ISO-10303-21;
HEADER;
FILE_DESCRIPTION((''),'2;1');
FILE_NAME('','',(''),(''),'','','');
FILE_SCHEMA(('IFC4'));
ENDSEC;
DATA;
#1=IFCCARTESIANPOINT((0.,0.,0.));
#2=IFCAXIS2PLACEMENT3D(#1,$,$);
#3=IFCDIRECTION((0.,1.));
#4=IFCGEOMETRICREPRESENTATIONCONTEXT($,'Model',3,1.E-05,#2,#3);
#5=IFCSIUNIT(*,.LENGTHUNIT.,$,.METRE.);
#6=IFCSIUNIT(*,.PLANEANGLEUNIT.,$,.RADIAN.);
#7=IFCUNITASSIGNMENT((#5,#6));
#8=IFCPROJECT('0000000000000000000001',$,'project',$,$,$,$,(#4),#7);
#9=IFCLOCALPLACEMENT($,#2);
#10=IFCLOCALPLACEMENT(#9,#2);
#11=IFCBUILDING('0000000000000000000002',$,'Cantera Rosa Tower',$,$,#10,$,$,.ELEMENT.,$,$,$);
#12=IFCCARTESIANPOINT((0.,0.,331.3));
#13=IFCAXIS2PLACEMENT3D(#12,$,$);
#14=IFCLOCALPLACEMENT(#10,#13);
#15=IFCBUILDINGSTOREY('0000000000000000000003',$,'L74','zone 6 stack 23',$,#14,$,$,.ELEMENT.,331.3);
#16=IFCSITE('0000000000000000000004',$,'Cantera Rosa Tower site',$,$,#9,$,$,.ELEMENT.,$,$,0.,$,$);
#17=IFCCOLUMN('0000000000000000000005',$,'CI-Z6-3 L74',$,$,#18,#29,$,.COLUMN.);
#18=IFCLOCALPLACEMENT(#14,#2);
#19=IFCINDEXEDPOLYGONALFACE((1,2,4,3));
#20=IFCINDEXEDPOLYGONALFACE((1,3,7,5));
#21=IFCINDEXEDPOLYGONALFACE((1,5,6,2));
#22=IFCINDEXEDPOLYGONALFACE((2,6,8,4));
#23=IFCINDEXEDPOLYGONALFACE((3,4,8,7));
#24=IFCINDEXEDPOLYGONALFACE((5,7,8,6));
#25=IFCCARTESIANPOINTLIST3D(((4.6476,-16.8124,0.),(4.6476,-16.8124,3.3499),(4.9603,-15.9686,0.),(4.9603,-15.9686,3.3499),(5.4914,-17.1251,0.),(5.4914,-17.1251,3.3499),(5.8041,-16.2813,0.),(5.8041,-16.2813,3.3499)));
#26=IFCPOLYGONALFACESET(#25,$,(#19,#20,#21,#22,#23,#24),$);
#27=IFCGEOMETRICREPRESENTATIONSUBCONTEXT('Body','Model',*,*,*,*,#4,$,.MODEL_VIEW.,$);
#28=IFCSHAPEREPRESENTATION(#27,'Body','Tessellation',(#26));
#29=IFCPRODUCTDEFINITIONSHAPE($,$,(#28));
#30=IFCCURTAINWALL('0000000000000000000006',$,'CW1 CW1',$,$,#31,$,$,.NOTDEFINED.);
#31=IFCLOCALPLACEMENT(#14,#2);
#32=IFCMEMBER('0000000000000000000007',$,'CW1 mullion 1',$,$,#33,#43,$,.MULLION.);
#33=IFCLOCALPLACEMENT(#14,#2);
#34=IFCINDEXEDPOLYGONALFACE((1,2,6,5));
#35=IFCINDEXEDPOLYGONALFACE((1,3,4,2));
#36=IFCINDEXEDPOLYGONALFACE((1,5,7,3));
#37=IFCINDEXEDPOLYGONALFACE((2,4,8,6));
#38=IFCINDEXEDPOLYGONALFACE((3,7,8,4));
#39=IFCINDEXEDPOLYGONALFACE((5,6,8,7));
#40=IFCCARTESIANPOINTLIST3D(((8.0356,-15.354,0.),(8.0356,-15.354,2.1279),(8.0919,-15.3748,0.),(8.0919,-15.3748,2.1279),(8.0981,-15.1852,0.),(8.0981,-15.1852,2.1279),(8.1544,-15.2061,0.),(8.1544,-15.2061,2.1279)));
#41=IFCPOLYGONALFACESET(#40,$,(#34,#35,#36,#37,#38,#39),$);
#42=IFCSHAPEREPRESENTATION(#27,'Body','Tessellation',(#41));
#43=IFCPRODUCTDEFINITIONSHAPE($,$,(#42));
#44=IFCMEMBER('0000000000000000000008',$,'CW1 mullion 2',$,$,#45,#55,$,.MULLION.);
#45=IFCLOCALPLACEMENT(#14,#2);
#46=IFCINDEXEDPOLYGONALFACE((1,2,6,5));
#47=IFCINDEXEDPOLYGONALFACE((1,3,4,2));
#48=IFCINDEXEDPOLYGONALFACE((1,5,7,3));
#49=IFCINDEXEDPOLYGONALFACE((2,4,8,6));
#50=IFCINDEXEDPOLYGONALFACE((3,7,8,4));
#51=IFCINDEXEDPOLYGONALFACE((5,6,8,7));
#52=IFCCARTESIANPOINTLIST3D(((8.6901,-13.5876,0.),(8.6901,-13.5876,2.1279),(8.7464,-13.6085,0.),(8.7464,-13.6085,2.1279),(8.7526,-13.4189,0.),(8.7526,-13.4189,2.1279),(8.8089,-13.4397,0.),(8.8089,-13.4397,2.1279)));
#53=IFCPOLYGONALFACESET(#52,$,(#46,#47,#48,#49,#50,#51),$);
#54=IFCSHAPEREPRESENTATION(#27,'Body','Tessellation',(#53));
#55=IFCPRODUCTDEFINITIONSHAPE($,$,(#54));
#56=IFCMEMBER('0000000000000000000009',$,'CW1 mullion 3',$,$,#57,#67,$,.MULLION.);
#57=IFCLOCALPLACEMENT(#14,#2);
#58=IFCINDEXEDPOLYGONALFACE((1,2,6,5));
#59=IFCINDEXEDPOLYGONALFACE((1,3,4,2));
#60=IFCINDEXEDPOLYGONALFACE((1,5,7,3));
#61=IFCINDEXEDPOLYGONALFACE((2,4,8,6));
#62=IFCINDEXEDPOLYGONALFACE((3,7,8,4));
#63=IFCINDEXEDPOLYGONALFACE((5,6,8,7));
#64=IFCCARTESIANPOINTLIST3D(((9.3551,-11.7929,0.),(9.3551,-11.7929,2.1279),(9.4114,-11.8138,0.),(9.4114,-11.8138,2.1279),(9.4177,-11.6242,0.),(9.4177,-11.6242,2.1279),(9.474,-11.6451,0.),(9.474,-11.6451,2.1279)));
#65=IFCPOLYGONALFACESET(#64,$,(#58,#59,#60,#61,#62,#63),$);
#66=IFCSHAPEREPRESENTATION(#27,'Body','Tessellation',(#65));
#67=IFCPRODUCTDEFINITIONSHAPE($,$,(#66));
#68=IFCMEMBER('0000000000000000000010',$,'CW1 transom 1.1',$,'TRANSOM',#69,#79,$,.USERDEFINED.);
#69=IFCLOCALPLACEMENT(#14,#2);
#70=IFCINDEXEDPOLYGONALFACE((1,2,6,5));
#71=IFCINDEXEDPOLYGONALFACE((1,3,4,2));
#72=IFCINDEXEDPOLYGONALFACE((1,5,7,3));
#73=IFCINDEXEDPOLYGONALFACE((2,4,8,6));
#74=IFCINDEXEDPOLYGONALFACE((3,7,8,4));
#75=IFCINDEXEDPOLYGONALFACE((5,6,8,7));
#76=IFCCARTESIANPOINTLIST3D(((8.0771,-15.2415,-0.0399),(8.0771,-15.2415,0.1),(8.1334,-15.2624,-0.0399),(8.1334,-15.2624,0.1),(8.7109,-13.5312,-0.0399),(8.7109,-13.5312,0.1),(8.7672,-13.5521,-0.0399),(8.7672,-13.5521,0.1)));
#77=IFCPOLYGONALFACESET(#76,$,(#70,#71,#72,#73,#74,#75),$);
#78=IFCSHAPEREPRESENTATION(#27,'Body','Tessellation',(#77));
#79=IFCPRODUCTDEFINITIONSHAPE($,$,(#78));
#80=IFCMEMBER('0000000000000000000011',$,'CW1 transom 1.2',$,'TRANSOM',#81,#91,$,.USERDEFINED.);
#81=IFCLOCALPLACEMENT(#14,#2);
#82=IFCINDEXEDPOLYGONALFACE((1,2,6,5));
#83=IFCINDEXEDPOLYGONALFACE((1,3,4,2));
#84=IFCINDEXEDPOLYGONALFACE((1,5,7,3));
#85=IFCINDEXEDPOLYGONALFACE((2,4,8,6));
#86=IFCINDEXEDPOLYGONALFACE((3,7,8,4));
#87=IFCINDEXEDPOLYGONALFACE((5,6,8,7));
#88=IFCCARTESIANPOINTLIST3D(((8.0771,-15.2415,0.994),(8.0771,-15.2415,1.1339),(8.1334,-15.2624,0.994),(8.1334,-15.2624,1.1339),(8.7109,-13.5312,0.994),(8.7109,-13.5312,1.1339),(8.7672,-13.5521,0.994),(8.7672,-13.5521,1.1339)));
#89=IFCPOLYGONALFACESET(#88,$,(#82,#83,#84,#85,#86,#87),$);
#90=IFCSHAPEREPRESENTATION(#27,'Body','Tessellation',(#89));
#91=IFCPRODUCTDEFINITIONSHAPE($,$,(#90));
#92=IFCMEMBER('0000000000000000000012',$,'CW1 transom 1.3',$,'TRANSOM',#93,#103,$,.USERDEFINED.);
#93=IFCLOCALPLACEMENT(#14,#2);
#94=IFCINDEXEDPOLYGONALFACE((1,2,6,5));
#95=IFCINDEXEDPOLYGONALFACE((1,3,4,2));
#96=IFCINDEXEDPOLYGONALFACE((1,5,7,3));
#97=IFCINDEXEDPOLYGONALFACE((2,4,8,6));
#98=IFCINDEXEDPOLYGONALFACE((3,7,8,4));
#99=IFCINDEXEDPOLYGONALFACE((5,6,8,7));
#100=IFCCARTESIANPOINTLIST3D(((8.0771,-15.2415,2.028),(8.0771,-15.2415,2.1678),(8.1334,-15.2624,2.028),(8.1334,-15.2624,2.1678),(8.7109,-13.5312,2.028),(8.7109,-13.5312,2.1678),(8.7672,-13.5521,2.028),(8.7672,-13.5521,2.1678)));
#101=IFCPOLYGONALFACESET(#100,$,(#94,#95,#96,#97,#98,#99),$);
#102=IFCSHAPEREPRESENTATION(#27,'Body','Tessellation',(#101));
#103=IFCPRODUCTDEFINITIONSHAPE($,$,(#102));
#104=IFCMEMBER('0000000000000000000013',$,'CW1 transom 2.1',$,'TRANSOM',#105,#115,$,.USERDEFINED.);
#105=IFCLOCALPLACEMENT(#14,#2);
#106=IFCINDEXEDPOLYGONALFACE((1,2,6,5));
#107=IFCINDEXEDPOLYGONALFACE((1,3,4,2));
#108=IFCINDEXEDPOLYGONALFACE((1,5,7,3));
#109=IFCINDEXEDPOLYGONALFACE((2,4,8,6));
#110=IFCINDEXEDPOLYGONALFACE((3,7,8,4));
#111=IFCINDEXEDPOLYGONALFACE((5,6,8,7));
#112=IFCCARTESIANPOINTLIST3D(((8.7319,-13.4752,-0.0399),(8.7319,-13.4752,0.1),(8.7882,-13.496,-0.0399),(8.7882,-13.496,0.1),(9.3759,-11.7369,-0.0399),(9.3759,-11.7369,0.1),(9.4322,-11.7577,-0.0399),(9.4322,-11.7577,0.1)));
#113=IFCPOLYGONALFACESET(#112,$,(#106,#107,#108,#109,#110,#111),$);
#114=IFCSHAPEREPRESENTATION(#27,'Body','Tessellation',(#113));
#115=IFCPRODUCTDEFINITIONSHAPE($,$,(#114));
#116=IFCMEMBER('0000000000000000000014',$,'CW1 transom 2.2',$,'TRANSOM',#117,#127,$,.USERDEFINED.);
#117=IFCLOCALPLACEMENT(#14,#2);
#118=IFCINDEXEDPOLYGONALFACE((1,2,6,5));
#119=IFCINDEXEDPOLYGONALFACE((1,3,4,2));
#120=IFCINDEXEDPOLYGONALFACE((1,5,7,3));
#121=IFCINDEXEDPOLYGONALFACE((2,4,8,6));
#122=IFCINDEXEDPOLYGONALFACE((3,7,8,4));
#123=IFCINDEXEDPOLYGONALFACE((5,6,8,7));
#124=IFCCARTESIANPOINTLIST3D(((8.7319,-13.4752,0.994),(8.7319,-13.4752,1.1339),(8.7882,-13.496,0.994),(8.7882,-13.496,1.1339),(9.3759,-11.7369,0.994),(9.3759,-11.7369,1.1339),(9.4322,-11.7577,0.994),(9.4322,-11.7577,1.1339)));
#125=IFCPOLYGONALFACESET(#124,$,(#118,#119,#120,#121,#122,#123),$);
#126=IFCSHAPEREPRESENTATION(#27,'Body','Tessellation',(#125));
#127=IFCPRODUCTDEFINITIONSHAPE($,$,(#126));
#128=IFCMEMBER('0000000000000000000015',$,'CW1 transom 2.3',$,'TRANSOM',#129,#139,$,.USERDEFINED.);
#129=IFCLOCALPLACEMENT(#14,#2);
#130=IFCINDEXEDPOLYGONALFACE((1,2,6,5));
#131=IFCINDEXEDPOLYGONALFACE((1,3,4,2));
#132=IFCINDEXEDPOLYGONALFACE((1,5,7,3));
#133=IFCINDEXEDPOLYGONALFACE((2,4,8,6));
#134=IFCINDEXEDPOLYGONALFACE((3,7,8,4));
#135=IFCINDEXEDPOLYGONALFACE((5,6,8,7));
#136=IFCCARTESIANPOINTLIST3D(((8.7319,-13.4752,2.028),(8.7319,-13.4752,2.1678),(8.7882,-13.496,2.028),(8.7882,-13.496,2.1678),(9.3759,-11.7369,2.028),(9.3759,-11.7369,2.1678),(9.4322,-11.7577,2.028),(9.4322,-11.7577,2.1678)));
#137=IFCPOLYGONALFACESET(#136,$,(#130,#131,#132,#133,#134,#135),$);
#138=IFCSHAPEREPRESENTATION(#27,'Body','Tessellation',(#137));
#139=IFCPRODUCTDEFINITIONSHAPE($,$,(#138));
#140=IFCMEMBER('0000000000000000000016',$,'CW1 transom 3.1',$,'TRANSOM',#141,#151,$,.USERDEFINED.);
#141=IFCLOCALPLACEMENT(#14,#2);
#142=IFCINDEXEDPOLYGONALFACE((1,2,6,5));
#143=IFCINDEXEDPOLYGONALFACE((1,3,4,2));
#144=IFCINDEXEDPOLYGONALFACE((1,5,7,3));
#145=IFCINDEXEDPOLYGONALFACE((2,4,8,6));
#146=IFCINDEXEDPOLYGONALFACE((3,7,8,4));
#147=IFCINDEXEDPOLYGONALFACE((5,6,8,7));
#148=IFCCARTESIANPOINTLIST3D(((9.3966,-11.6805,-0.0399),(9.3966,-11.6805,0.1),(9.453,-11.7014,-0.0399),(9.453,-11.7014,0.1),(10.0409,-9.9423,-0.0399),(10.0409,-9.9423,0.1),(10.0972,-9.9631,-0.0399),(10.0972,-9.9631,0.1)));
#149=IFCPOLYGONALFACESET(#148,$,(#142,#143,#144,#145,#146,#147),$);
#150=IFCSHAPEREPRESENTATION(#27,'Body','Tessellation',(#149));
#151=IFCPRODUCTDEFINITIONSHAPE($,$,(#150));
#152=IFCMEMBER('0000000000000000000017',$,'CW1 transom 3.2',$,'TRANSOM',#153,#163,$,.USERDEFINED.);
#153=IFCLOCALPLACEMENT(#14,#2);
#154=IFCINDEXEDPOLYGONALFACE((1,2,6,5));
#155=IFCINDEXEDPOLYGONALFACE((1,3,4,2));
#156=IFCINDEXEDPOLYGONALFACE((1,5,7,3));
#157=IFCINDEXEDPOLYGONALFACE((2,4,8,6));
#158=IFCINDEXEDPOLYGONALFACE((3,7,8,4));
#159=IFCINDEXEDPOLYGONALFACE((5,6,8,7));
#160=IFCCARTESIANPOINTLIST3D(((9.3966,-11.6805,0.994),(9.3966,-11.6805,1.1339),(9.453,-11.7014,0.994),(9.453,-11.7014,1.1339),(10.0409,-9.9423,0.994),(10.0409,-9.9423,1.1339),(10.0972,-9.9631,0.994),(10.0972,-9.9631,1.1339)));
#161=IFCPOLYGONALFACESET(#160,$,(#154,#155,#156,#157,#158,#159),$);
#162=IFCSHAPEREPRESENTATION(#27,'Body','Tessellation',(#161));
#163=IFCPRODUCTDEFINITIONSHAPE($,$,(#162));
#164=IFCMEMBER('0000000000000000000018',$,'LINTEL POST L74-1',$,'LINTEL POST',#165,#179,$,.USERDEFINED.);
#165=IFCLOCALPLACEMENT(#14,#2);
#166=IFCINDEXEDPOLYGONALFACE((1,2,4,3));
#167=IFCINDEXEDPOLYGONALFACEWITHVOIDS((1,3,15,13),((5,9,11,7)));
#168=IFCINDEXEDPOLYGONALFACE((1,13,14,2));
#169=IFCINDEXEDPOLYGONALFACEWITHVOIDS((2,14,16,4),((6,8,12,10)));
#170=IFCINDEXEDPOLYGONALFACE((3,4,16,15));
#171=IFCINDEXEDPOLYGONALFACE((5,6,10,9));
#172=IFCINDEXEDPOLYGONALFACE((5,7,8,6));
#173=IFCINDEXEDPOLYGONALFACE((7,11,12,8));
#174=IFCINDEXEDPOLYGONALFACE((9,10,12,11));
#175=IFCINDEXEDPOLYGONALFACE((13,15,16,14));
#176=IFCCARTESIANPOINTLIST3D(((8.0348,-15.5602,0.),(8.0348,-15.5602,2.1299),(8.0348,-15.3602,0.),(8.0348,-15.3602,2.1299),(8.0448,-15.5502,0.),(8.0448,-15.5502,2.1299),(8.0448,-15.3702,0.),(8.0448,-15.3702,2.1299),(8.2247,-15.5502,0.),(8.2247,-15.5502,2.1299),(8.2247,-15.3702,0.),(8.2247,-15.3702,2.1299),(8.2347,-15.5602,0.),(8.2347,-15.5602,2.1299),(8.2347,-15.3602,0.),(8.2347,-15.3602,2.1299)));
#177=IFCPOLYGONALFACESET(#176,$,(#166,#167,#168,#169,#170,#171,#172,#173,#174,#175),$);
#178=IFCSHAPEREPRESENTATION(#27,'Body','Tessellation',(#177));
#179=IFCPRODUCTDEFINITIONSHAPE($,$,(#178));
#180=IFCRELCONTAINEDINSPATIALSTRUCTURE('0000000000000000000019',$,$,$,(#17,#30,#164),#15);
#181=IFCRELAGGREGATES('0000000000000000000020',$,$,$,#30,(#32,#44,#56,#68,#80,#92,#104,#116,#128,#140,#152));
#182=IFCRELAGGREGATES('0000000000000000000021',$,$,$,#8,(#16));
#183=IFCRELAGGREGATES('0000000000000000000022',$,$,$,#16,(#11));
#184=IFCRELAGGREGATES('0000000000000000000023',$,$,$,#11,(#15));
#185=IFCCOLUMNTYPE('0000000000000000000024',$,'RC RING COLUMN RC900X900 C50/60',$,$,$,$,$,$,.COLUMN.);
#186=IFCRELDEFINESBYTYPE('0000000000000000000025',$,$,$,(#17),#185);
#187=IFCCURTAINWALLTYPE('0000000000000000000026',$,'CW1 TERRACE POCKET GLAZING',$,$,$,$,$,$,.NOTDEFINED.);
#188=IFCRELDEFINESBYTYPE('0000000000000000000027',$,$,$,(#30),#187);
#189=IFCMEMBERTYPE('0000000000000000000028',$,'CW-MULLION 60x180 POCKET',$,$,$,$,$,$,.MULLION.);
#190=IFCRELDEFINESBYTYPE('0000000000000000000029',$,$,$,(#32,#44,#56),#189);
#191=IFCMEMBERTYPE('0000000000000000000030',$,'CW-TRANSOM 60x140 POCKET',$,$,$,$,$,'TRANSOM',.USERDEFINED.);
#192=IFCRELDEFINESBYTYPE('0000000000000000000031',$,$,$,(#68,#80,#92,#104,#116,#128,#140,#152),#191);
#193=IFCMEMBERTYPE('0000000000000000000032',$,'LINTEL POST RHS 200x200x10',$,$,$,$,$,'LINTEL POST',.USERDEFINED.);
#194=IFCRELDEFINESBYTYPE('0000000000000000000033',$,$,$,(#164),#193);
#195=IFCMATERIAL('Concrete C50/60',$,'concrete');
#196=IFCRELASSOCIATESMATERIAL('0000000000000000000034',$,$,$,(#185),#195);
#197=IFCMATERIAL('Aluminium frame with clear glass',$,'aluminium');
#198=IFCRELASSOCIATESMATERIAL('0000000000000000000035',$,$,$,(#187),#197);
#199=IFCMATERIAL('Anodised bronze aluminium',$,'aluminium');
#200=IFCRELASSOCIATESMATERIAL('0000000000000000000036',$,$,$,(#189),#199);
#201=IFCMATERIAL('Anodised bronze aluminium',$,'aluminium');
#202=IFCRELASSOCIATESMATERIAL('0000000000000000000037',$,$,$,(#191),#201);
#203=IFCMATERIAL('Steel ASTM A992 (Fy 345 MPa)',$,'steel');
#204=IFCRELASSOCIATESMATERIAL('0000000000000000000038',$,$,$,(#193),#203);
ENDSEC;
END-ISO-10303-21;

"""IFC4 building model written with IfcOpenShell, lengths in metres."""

from ifc_helpers import new_model, si_unit, direction, frame, origin, origin_2d, place, context, subcontext, project, spatial, rectangle, hollow_rectangle, extrude, material, material_profile, profile_set, type_object, element, aggregate, save


model = new_model("IFC4")

# Units and contexts
model_context = context("Model", 3, precision=1e-05, world=origin(), true_north=direction((0.0, 1.0)))
body_context = subcontext(model_context, "Body", "Model", "MODEL_VIEW")
ifc_project = project(units=[si_unit("LENGTHUNIT", "METRE"), si_unit("PLANEANGLEUNIT", "RADIAN")], contexts=[model_context])

# Site, building, storey
site_placement = place(None, origin())
site = spatial("IfcSite", under=ifc_project, at=site_placement, Name="Cantera Rosa Tower site", CompositionType="ELEMENT", RefElevation=0.0)
building_placement = place(site_placement, origin())
building = spatial("IfcBuilding", under=site, at=building_placement, Name="Cantera Rosa Tower", CompositionType="ELEMENT")
storey_placement = place(building_placement, frame((0.0, 0.0, 331.3)))
storey = spatial("IfcBuildingStorey", under=building, at=storey_placement, Name="L74", Description="zone 6 stack 23", CompositionType="ELEMENT", Elevation=331.3)

# Column
ifc_material_1 = material(Name="Concrete C50/60", Category="concrete")
ifc_material_profile_1 = material_profile(ifc_material_1, rectangle(XDim=0.8999, YDim=0.8999, at=origin_2d()), Name="RC RING COLUMN RC900X900 C50/60")
ifc_profile_set_1 = profile_set([ifc_material_profile_1], Name="Concrete C50/60")
column_type = type_object("IfcColumnType", Name="RC RING COLUMN RC900X900 C50/60", PredefinedType="COLUMN", material=ifc_profile_set_1)
column_placement = place(storey_placement, frame((5.2258, -16.5469, 0.0), z_axis=(0.0, 0.0, 1.0), x_axis=(0.347481, 0.937687, 0.0)))
element("IfcColumn", 1, at=column_placement, inside=storey, type_object=column_type, Name="CI-Z6-3 L74", PredefinedType="COLUMN", context=body_context, shape_type="SweptSolid", body=[
    extrude(rectangle(XDim=0.8999, YDim=0.8999, at=origin_2d()), origin(), (0.0, 0.0, 1.0), 3.3499),
])

# Curtain wall, members
ifc_material_2 = material(Name="Aluminium frame with clear glass", Category="aluminium")
curtain_wall_type = type_object("IfcCurtainWallType", Name="CW1 TERRACE POCKET GLAZING", PredefinedType="NOTDEFINED", material=ifc_material_2)
curtain_wall_placement = place(storey_placement, origin())
curtain_wall = element("IfcCurtainWall", 2, at=curtain_wall_placement, inside=storey, type_object=curtain_wall_type, Name="CW1 CW1", PredefinedType="NOTDEFINED")
ifc_material_3 = material(Name="Anodised bronze aluminium", Category="aluminium")
ifc_material_profile_2 = material_profile(ifc_material_3, rectangle(XDim=0.0601, YDim=0.1799, at=origin_2d()), Name="CW-MULLION 60x180 POCKET")
ifc_profile_set_2 = profile_set([ifc_material_profile_2], Name="Anodised bronze aluminium")
member_type_1 = type_object("IfcMemberType", Name="CW-MULLION 60x180 POCKET", PredefinedType="MULLION", material=ifc_profile_set_2)
member_1_placement = place(storey_placement, frame((8.095, -15.28, 0.0), z_axis=(0.0, 0.0, 1.0), x_axis=(-0.937687, 0.347481, 0.0)))
member_1 = element("IfcMember", 3, at=member_1_placement, type_object=member_type_1, Name="CW1 mullion 1", PredefinedType="MULLION", context=body_context, shape_type="SweptSolid", body=[
    extrude(rectangle(XDim=0.0601, YDim=0.1799, at=origin_2d()), origin(), (0.0, 0.0, 1.0), 2.1279),
])
member_2_placement = place(storey_placement, frame((8.7495, -13.5137, 0.0), z_axis=(0.0, 0.0, 1.0), x_axis=(-0.937687, 0.347481, 0.0)))
member_2 = element("IfcMember", 4, at=member_2_placement, type_object=member_type_1, Name="CW1 mullion 2", PredefinedType="MULLION", context=body_context, shape_type="SweptSolid", body=[
    extrude(rectangle(XDim=0.0601, YDim=0.1799, at=origin_2d()), origin(), (0.0, 0.0, 1.0), 2.1279),
])
member_3_placement = place(storey_placement, frame((9.4146, -11.719, 0.0), z_axis=(0.0, 0.0, 1.0), x_axis=(-0.937687, 0.347481, 0.0)))
member_3 = element("IfcMember", 5, at=member_3_placement, type_object=member_type_1, Name="CW1 mullion 3", PredefinedType="MULLION", context=body_context, shape_type="SweptSolid", body=[
    extrude(rectangle(XDim=0.0601, YDim=0.1799, at=origin_2d()), origin(), (0.0, 0.0, 1.0), 2.1279),
])
ifc_material_4 = material(Name="Anodised bronze aluminium", Category="aluminium")
ifc_material_profile_3 = material_profile(ifc_material_4, rectangle(XDim=0.0601, YDim=0.1399, at=origin_2d()), Name="CW-TRANSOM 60x140 POCKET")
ifc_profile_set_3 = profile_set([ifc_material_profile_3], Name="Anodised bronze aluminium")
member_type_2 = type_object("IfcMemberType", Name="CW-TRANSOM 60x140 POCKET", ElementType="TRANSOM", PredefinedType="USERDEFINED", material=ifc_profile_set_3)
member_4_placement = place(storey_placement, frame((8.1052, -15.252, 0.03), z_axis=(0.347497, 0.937681, 0.0), x_axis=(-0.937681, 0.347497, 0.0)))
member_4 = element("IfcMember", 6, at=member_4_placement, type_object=member_type_2, Name="CW1 transom 1.1", ObjectType="TRANSOM", PredefinedType="USERDEFINED", context=body_context, shape_type="SweptSolid", body=[
    extrude(rectangle(XDim=0.0601, YDim=0.1399, at=origin_2d()), origin(), (0.0, 0.0, 1.0), 1.824),
])
member_5_placement = place(storey_placement, frame((8.1052, -15.252, 1.064), z_axis=(0.347497, 0.937681, 0.0), x_axis=(-0.937681, 0.347497, 0.0)))
member_5 = element("IfcMember", 7, at=member_5_placement, type_object=member_type_2, Name="CW1 transom 1.2", ObjectType="TRANSOM", PredefinedType="USERDEFINED", context=body_context, shape_type="SweptSolid", body=[
    extrude(rectangle(XDim=0.0601, YDim=0.1399, at=origin_2d()), origin(), (0.0, 0.0, 1.0), 1.824),
])
member_6_placement = place(storey_placement, frame((8.1052, -15.252, 2.0979), z_axis=(0.347497, 0.937681, 0.0), x_axis=(-0.937681, 0.347497, 0.0)))
member_6 = element("IfcMember", 8, at=member_6_placement, type_object=member_type_2, Name="CW1 transom 1.3", ObjectType="TRANSOM", PredefinedType="USERDEFINED", context=body_context, shape_type="SweptSolid", body=[
    extrude(rectangle(XDim=0.0601, YDim=0.1399, at=origin_2d()), origin(), (0.0, 0.0, 1.0), 1.824),
])
member_7_placement = place(storey_placement, frame((8.76, -13.4856, 0.03), z_axis=(0.347426, 0.937707, 0.0), x_axis=(-0.937707, 0.347426, 0.0)))
member_7 = element("IfcMember", 9, at=member_7_placement, type_object=member_type_2, Name="CW1 transom 2.1", ObjectType="TRANSOM", PredefinedType="USERDEFINED", context=body_context, shape_type="SweptSolid", body=[
    extrude(rectangle(XDim=0.0601, YDim=0.1399, at=origin_2d()), origin(), (0.0, 0.0, 1.0), 1.8538),
])
member_8_placement = place(storey_placement, frame((8.76, -13.4856, 1.064), z_axis=(0.347426, 0.937707, 0.0), x_axis=(-0.937707, 0.347426, 0.0)))
member_8 = element("IfcMember", 10, at=member_8_placement, type_object=member_type_2, Name="CW1 transom 2.2", ObjectType="TRANSOM", PredefinedType="USERDEFINED", context=body_context, shape_type="SweptSolid", body=[
    extrude(rectangle(XDim=0.0601, YDim=0.1399, at=origin_2d()), origin(), (0.0, 0.0, 1.0), 1.8538),
])
member_9_placement = place(storey_placement, frame((8.76, -13.4856, 2.0979), z_axis=(0.347426, 0.937707, 0.0), x_axis=(-0.937707, 0.347426, 0.0)))
member_9 = element("IfcMember", 11, at=member_9_placement, type_object=member_type_2, Name="CW1 transom 2.3", ObjectType="TRANSOM", PredefinedType="USERDEFINED", context=body_context, shape_type="SweptSolid", body=[
    extrude(rectangle(XDim=0.0601, YDim=0.1399, at=origin_2d()), origin(), (0.0, 0.0, 1.0), 1.8538),
])
member_10_placement = place(storey_placement, frame((9.4248, -11.6909, 0.03), z_axis=(0.347542, 0.937665, 0.0), x_axis=(-0.937665, 0.347542, 0.0)))
member_10 = element("IfcMember", 12, at=member_10_placement, type_object=member_type_2, Name="CW1 transom 3.1", ObjectType="TRANSOM", PredefinedType="USERDEFINED", context=body_context, shape_type="SweptSolid", body=[
    extrude(rectangle(XDim=0.0601, YDim=0.1399, at=origin_2d()), origin(), (0.0, 0.0, 1.0), 1.8538),
])
member_11_placement = place(storey_placement, frame((9.4248, -11.6909, 1.064), z_axis=(0.347542, 0.937665, 0.0), x_axis=(-0.937665, 0.347542, 0.0)))
member_11 = element("IfcMember", 13, at=member_11_placement, type_object=member_type_2, Name="CW1 transom 3.2", ObjectType="TRANSOM", PredefinedType="USERDEFINED", context=body_context, shape_type="SweptSolid", body=[
    extrude(rectangle(XDim=0.0601, YDim=0.1399, at=origin_2d()), origin(), (0.0, 0.0, 1.0), 1.8538),
])

# Member
ifc_material_5 = material(Name="Steel ASTM A992 (Fy 345 MPa)", Category="steel")
ifc_material_profile_4 = material_profile(ifc_material_5, hollow_rectangle(XDim=0.2, YDim=0.2, WallThickness=0.01, at=origin_2d()), Name="LINTEL POST RHS 200x200x10")
ifc_profile_set_4 = profile_set([ifc_material_profile_4], Name="Steel ASTM A992 (Fy 345 MPa)")
member_type_3 = type_object("IfcMemberType", Name="LINTEL POST RHS 200x200x10", ElementType="LINTEL POST", PredefinedType="USERDEFINED", material=ifc_profile_set_4)
member_12_placement = place(storey_placement, frame((8.1348, -15.4602, 0.0), z_axis=(0.0, 0.0, 1.0), x_axis=(1.0, 0.0, 0.0)))
element("IfcMember", 14, at=member_12_placement, inside=storey, type_object=member_type_3, Name="LINTEL POST L74-1", ObjectType="LINTEL POST", PredefinedType="USERDEFINED", context=body_context, shape_type="SweptSolid", body=[
    extrude(hollow_rectangle(XDim=0.2, YDim=0.2, WallThickness=0.01, at=origin_2d()), origin(), (0.0, 0.0, 1.0), 2.1299),
])

aggregate(curtain_wall, [member_1, member_2, member_3, member_4, member_5, member_6, member_7, member_8, member_9, member_10, member_11])

save(model, "model.ifc")
